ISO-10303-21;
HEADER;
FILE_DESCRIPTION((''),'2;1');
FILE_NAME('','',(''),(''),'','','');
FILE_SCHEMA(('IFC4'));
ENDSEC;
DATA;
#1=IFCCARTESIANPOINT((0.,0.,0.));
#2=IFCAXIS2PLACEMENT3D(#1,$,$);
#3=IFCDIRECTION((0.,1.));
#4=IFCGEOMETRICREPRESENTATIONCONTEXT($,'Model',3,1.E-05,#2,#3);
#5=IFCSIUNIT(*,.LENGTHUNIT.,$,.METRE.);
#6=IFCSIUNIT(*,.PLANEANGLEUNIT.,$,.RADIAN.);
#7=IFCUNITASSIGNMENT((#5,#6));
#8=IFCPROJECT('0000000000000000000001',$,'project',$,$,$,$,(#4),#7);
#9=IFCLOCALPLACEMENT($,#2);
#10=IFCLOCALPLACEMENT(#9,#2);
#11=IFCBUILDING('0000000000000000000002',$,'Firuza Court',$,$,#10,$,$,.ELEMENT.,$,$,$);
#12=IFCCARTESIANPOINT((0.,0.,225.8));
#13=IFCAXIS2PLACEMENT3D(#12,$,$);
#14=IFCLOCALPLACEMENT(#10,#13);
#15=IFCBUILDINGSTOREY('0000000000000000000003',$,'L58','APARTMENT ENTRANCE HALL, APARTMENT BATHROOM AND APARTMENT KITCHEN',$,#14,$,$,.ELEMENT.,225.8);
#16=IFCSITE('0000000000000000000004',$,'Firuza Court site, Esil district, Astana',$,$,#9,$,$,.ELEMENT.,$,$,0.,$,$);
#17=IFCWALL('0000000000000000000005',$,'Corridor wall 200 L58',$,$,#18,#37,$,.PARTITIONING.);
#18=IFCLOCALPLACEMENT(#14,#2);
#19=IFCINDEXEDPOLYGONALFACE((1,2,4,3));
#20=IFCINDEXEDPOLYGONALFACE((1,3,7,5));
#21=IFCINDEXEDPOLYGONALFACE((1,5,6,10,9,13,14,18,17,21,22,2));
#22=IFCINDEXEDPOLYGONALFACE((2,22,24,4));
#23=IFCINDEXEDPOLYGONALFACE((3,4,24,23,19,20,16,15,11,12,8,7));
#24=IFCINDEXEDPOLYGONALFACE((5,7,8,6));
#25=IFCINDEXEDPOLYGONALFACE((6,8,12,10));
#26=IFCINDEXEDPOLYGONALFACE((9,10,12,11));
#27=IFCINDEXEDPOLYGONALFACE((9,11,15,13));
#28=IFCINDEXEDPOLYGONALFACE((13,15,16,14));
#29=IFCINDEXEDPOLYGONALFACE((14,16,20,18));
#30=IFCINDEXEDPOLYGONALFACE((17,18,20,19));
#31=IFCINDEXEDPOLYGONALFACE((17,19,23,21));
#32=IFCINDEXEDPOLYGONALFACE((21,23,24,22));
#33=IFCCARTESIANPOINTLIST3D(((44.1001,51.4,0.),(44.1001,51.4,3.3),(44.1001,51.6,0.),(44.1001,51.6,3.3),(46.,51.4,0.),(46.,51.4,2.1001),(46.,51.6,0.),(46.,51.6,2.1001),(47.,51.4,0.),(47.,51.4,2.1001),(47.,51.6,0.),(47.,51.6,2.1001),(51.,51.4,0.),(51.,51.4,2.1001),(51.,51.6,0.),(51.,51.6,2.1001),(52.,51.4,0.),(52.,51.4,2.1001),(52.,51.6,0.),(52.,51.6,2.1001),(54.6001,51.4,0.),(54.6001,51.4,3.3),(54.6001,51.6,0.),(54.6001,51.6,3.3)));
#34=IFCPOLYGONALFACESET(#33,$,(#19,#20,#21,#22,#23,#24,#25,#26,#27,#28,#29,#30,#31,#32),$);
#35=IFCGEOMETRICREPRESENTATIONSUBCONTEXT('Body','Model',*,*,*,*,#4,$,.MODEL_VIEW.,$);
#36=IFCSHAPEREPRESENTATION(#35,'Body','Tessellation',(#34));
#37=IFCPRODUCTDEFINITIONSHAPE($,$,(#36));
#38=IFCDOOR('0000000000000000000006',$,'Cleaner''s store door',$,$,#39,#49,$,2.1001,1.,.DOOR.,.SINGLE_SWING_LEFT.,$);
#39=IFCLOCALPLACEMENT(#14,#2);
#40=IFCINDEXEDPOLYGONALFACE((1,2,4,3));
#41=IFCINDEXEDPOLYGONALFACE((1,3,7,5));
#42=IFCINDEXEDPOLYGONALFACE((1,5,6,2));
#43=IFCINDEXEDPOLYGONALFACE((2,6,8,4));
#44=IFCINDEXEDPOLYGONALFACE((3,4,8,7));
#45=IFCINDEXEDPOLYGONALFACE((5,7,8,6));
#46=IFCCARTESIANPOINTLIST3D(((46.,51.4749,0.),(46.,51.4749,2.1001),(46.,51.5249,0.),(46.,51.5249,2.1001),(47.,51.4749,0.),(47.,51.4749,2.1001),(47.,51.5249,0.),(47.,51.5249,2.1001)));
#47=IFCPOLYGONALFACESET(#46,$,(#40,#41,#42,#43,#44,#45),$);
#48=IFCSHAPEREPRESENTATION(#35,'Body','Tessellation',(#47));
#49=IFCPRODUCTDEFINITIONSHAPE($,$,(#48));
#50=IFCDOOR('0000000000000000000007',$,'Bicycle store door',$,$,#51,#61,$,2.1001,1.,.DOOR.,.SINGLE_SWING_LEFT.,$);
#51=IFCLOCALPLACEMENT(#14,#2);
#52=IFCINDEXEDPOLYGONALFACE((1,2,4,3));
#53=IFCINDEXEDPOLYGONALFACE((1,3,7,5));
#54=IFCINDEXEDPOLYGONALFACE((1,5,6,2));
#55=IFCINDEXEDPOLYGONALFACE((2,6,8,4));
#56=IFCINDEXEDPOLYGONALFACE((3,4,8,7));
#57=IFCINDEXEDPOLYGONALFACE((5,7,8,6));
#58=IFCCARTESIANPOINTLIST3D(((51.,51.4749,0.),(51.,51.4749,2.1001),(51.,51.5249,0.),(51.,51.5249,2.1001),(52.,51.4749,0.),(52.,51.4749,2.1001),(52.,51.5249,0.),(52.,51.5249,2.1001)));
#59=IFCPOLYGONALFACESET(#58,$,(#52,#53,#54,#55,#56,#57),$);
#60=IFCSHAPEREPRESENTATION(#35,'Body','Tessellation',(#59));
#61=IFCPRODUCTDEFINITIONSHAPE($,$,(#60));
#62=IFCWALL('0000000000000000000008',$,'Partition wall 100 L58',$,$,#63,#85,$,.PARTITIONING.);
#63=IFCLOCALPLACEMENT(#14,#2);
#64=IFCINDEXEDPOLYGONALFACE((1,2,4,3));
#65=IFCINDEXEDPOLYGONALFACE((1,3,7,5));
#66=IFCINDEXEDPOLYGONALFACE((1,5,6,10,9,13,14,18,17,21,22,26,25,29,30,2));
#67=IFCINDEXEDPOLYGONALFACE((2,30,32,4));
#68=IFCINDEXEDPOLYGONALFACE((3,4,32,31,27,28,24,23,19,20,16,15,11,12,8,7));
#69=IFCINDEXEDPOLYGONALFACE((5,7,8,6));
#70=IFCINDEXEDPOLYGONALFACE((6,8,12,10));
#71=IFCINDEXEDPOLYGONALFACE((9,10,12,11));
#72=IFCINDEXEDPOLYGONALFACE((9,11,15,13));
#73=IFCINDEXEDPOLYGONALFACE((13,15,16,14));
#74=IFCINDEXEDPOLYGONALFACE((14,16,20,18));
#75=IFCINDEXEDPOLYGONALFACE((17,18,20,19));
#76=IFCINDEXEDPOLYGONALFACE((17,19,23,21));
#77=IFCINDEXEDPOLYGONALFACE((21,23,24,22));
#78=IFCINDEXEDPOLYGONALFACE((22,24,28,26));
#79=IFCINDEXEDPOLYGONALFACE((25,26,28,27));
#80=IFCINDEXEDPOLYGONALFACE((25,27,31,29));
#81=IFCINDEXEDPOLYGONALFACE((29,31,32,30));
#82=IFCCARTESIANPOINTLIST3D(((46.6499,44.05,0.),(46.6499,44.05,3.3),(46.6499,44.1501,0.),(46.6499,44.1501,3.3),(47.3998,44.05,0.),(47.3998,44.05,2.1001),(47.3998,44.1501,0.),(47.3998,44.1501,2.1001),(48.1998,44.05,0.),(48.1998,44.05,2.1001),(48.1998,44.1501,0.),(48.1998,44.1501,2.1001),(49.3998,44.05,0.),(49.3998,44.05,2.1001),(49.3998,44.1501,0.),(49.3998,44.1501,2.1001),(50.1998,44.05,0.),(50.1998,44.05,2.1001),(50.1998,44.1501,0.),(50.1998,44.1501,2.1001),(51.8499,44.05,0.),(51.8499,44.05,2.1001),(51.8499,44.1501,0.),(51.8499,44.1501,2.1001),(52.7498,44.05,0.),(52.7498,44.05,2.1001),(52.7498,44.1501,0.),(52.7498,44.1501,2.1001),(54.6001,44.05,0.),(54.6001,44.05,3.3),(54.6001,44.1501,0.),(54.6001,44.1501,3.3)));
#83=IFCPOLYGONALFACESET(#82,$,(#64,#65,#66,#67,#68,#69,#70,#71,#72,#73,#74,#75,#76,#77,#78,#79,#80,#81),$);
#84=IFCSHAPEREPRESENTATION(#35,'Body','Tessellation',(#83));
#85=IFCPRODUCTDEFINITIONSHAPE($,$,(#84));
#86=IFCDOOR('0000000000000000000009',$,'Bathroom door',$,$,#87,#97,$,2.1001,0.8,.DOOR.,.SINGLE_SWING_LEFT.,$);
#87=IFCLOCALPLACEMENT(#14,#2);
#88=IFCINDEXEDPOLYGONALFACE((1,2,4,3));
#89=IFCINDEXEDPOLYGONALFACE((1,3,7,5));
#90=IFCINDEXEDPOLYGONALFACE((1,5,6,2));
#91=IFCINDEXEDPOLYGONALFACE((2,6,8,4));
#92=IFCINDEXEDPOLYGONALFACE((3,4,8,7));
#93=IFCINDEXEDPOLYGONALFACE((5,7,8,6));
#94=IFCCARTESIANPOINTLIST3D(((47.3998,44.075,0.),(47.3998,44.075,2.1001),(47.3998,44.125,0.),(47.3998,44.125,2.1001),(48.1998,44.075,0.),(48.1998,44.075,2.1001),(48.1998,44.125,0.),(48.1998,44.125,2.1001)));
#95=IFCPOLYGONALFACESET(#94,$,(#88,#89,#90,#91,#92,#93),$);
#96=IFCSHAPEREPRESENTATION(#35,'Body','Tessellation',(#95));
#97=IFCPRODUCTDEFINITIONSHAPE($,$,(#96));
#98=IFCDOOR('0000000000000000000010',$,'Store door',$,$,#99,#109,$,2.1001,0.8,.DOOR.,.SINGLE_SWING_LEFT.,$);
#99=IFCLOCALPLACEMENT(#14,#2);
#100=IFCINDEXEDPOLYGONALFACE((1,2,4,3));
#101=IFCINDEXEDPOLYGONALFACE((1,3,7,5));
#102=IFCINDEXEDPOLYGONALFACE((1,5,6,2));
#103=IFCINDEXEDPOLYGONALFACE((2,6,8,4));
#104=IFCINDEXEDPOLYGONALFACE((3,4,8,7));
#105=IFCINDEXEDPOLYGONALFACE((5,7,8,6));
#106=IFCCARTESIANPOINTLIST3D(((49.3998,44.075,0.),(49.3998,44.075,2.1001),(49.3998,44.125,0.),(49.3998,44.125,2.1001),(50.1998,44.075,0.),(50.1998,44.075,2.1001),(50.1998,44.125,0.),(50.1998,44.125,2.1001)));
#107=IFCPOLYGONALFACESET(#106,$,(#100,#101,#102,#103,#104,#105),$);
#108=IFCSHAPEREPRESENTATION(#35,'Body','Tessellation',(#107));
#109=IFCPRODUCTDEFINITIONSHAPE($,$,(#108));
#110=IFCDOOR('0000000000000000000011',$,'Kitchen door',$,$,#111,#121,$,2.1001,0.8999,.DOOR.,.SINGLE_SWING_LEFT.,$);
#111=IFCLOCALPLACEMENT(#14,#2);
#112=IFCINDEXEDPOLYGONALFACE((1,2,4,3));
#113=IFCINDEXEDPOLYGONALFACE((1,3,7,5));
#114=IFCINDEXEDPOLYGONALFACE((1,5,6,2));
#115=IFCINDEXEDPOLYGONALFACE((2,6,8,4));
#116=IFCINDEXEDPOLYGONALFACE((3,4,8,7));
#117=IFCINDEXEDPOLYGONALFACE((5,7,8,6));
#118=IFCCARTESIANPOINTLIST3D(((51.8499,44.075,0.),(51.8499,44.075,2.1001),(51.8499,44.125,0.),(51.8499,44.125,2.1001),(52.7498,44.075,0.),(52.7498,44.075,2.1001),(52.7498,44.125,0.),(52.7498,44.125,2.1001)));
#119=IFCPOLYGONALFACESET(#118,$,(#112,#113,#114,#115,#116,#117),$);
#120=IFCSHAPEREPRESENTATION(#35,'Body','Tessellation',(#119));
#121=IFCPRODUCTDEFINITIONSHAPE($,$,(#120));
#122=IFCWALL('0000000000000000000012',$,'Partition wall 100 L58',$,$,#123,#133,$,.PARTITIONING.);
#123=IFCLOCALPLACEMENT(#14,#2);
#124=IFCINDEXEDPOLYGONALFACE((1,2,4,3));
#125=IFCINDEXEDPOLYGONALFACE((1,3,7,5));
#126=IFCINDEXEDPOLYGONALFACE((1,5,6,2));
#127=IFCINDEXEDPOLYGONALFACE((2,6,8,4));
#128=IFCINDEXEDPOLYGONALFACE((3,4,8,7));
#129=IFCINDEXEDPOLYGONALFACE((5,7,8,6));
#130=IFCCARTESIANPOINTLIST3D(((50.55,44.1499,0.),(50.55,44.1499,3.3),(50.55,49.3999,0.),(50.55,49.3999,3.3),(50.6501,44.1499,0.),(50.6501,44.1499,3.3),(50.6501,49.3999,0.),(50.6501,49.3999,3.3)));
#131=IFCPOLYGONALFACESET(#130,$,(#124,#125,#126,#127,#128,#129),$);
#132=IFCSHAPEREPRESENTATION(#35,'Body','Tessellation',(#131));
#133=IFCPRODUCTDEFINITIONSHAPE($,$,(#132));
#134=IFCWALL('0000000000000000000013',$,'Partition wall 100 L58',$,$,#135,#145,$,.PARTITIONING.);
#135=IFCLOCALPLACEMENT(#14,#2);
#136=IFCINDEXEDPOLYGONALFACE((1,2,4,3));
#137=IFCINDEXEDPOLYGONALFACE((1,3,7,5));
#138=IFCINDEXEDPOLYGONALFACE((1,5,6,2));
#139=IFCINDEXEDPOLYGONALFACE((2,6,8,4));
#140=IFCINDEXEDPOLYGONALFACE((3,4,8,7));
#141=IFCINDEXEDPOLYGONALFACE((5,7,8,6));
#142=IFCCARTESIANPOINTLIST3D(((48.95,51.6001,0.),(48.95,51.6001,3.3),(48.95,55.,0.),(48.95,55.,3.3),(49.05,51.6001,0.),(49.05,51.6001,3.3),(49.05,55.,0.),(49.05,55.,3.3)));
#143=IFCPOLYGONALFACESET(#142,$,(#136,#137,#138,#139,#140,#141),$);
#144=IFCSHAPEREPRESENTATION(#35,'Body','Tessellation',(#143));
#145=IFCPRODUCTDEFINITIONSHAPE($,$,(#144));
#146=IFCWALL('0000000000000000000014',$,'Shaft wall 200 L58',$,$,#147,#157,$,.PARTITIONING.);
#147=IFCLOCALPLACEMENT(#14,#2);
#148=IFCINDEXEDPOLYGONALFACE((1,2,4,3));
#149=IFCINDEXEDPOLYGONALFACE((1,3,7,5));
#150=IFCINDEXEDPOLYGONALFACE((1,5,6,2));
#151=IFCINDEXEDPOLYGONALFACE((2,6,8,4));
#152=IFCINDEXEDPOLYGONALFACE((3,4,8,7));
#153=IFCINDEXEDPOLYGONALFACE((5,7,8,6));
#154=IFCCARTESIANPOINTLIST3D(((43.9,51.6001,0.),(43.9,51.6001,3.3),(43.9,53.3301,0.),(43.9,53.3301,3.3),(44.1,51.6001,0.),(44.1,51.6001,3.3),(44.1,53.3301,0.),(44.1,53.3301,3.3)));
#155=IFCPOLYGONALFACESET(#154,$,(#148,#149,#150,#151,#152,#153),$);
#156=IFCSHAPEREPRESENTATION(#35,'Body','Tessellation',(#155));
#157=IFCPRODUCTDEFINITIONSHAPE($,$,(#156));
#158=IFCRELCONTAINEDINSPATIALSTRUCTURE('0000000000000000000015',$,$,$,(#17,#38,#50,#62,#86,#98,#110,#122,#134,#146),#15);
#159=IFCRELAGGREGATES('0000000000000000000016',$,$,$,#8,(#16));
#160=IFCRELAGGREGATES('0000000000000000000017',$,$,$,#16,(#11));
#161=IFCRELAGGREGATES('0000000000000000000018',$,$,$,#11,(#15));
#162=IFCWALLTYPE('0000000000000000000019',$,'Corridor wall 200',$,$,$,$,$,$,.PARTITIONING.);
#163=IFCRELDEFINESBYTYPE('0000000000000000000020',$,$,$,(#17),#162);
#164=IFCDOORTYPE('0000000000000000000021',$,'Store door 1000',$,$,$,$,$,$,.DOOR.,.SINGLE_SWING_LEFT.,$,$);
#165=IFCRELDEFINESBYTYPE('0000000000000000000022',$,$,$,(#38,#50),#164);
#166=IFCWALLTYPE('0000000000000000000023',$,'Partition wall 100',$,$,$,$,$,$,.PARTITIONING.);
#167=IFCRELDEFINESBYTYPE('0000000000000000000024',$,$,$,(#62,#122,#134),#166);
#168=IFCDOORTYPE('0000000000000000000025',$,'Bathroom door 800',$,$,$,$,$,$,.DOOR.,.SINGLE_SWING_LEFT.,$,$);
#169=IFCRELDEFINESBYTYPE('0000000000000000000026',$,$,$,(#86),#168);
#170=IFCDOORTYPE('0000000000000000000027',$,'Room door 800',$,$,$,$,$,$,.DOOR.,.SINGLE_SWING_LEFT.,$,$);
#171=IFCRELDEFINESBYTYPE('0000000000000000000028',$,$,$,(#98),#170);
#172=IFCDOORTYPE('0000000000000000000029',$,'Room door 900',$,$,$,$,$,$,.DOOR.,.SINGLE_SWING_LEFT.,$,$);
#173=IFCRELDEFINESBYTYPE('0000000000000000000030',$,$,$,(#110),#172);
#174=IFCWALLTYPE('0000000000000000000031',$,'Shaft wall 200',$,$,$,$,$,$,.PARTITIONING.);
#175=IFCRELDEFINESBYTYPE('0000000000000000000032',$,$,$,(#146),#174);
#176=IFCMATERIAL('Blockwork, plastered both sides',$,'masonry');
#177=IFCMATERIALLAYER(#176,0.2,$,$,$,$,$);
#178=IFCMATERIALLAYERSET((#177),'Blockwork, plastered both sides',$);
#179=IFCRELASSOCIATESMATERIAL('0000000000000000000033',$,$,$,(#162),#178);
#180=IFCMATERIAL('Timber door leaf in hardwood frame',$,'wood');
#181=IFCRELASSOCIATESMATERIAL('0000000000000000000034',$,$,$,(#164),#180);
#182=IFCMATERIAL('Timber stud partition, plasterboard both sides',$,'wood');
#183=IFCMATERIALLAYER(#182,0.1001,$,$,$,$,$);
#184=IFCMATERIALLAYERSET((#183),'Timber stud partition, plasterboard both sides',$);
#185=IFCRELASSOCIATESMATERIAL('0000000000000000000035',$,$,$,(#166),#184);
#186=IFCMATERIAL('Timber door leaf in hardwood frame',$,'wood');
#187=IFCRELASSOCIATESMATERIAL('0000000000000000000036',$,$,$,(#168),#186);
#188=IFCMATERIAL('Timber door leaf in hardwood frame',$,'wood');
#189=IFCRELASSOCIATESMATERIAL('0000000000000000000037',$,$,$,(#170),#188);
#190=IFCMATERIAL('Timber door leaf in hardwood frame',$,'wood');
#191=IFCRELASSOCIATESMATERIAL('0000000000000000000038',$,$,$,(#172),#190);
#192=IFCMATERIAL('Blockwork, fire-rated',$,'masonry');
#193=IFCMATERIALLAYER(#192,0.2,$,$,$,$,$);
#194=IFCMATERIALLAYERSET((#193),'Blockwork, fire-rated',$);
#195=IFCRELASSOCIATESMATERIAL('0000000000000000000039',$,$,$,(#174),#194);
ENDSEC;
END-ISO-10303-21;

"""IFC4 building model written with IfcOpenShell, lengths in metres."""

from ifc_helpers import new_model, si_unit, direction, frame, frame_2d, origin, place, context, subcontext, project, spatial, rectangle, extrude, material, layer, layer_set, type_object, element, fill, save


model = new_model("IFC4")

# Units and contexts
model_context = context("Model", 3, precision=1e-05, world=origin(), true_north=direction((0.0, 1.0)))
body_context = subcontext(model_context, "Body", "Model", "MODEL_VIEW")
ifc_project = project(units=[si_unit("LENGTHUNIT", "METRE"), si_unit("PLANEANGLEUNIT", "RADIAN")], contexts=[model_context])

# Site, building, storey
site_placement = place(None, origin())
site = spatial("IfcSite", under=ifc_project, at=site_placement, Name="Firuza Court site, Esil district, Astana", CompositionType="ELEMENT", RefElevation=0.0)
building_placement = place(site_placement, origin())
building = spatial("IfcBuilding", under=site, at=building_placement, Name="Firuza Court", CompositionType="ELEMENT")
storey_placement = place(building_placement, frame((0.0, 0.0, 225.8)))
storey = spatial("IfcBuildingStorey", under=building, at=storey_placement, Name="L58", Description="APARTMENT ENTRANCE HALL, APARTMENT BATHROOM AND APARTMENT KITCHEN", CompositionType="ELEMENT", Elevation=225.8)

# Walls, openings, doors
ifc_material_1 = material(Name="Blockwork, plastered both sides", Category="masonry")
ifc_layer_1 = layer(ifc_material_1, 0.2)
ifc_layer_set_1 = layer_set([ifc_layer_1], Name="Blockwork, plastered both sides")
wall_type_1 = type_object("IfcWallType", Name="Corridor wall 200", PredefinedType="PARTITIONING", material=ifc_layer_set_1)
wall_1_placement = place(storey_placement, frame((44.1001, 51.5, 0.0), z_axis=(0.0, 0.0, 1.0), x_axis=(1.0, 0.0, 0.0)))
wall_1 = element("IfcWall", 1, at=wall_1_placement, inside=storey, type_object=wall_type_1, Name="Corridor wall 200 L58", PredefinedType="PARTITIONING", context=body_context, shape_type="SweptSolid", body=[
    extrude(rectangle(XDim=10.5, YDim=0.2, at=frame_2d((5.25, 0.0))), origin(), (0.0, 0.0, 1.0), 3.3),
])
opening_1_placement = place(wall_1_placement, frame((1.8999, 0.0, 0.0)))
opening_1 = element("IfcOpeningElement", 2, at=opening_1_placement, cuts=wall_1, PredefinedType="OPENING", context=body_context, shape_type="SweptSolid", body=[
    extrude(rectangle(XDim=1.0, YDim=2.1001, at=frame_2d((0.5, 1.05))), frame((0.0, 0.1118, 0.0), z_axis=(0.0, -1.0, 0.0), x_axis=(1.0, 0.0, 0.0)), (0.0, 0.0, 1.0), 0.2239),
])
opening_2_placement = place(wall_1_placement, frame((6.8999, 0.0, 0.0)))
opening_2 = element("IfcOpeningElement", 3, at=opening_2_placement, cuts=wall_1, PredefinedType="OPENING", context=body_context, shape_type="SweptSolid", body=[
    extrude(rectangle(XDim=1.0, YDim=2.1001, at=frame_2d((0.5, 1.05))), frame((0.0, 0.1118, 0.0), z_axis=(0.0, -1.0, 0.0), x_axis=(1.0, 0.0, 0.0)), (0.0, 0.0, 1.0), 0.2239),
])
ifc_material_2 = material(Name="Timber door leaf in hardwood frame", Category="wood")
door_type_1 = type_object("IfcDoorType", Name="Store door 1000", OperationType="SINGLE_SWING_LEFT", PredefinedType="DOOR", material=ifc_material_2)
door_1_placement = place(opening_1_placement, origin())
door_1 = element("IfcDoor", 4, at=door_1_placement, inside=storey, type_object=door_type_1, Name="Cleaner's store door", OperationType="SINGLE_SWING_LEFT", OverallHeight=2.1001, OverallWidth=1.0, PredefinedType="DOOR", context=body_context, shape_type="SweptSolid", body=[
    extrude(rectangle(XDim=1.0, YDim=2.1001, at=frame_2d((0.5, 1.05))), frame((0.0, 0.0249, 0.0), z_axis=(0.0, -1.0, 0.0), x_axis=(1.0, 0.0, 0.0)), (0.0, 0.0, 1.0), 0.05),
])
fill(opening_1, door_1)
door_2_placement = place(opening_2_placement, origin())
door_2 = element("IfcDoor", 5, at=door_2_placement, inside=storey, type_object=door_type_1, Name="Bicycle store door", OperationType="SINGLE_SWING_LEFT", OverallHeight=2.1001, OverallWidth=1.0, PredefinedType="DOOR", context=body_context, shape_type="SweptSolid", body=[
    extrude(rectangle(XDim=1.0, YDim=2.1001, at=frame_2d((0.5, 1.05))), frame((0.0, 0.0249, 0.0), z_axis=(0.0, -1.0, 0.0), x_axis=(1.0, 0.0, 0.0)), (0.0, 0.0, 1.0), 0.05),
])
fill(opening_2, door_2)
ifc_material_3 = material(Name="Timber stud partition, plasterboard both sides", Category="wood")
ifc_layer_2 = layer(ifc_material_3, 0.1001)
ifc_layer_set_2 = layer_set([ifc_layer_2], Name="Timber stud partition, plasterboard both sides")
wall_type_2 = type_object("IfcWallType", Name="Partition wall 100", PredefinedType="PARTITIONING", material=ifc_layer_set_2)
wall_2_placement = place(storey_placement, frame((46.6499, 44.1001, 0.0), z_axis=(0.0, 0.0, 1.0), x_axis=(1.0, 0.0, 0.0)))
wall_2 = element("IfcWall", 6, at=wall_2_placement, inside=storey, type_object=wall_type_2, Name="Partition wall 100 L58", PredefinedType="PARTITIONING", context=body_context, shape_type="SweptSolid", body=[
    extrude(rectangle(XDim=7.9502, YDim=0.1001, at=frame_2d((3.9751, 0.0))), origin(), (0.0, 0.0, 1.0), 3.3),
])
opening_3_placement = place(wall_2_placement, frame((0.75, 0.0, 0.0)))
opening_3 = element("IfcOpeningElement", 7, at=opening_3_placement, cuts=wall_2, PredefinedType="OPENING", context=body_context, shape_type="SweptSolid", body=[
    extrude(rectangle(XDim=0.8, YDim=2.1001, at=frame_2d((0.3999, 1.05))), frame((0.0, 0.062, 0.0), z_axis=(0.0, -1.0, 0.0), x_axis=(1.0, 0.0, 0.0)), (0.0, 0.0, 1.0), 0.124),
])
opening_4_placement = place(wall_2_placement, frame((5.2, 0.0, 0.0)))
opening_4 = element("IfcOpeningElement", 8, at=opening_4_placement, cuts=wall_2, PredefinedType="OPENING", context=body_context, shape_type="SweptSolid", body=[
    extrude(rectangle(XDim=0.8999, YDim=2.1001, at=frame_2d((0.45, 1.05))), frame((0.0, 0.062, 0.0), z_axis=(0.0, -1.0, 0.0), x_axis=(1.0, 0.0, 0.0)), (0.0, 0.0, 1.0), 0.124),
])
opening_5_placement = place(wall_2_placement, frame((2.75, 0.0, 0.0)))
opening_5 = element("IfcOpeningElement", 9, at=opening_5_placement, cuts=wall_2, PredefinedType="OPENING", context=body_context, shape_type="SweptSolid", body=[
    extrude(rectangle(XDim=0.8, YDim=2.1001, at=frame_2d((0.3999, 1.05))), frame((0.0, 0.062, 0.0), z_axis=(0.0, -1.0, 0.0), x_axis=(1.0, 0.0, 0.0)), (0.0, 0.0, 1.0), 0.124),
])
ifc_material_4 = material(Name="Timber door leaf in hardwood frame", Category="wood")
door_type_2 = type_object("IfcDoorType", Name="Bathroom door 800", OperationType="SINGLE_SWING_LEFT", PredefinedType="DOOR", material=ifc_material_4)
door_3_placement = place(opening_3_placement, origin())
door_3 = element("IfcDoor", 10, at=door_3_placement, inside=storey, type_object=door_type_2, Name="Bathroom door", OperationType="SINGLE_SWING_LEFT", OverallHeight=2.1001, OverallWidth=0.8, PredefinedType="DOOR", context=body_context, shape_type="SweptSolid", body=[
    extrude(rectangle(XDim=0.8, YDim=2.1001, at=frame_2d((0.3999, 1.05))), frame((0.0, 0.0249, 0.0), z_axis=(0.0, -1.0, 0.0), x_axis=(1.0, 0.0, 0.0)), (0.0, 0.0, 1.0), 0.05),
])
fill(opening_3, door_3)
ifc_material_5 = material(Name="Timber door leaf in hardwood frame", Category="wood")
door_type_3 = type_object("IfcDoorType", Name="Room door 800", OperationType="SINGLE_SWING_LEFT", PredefinedType="DOOR", material=ifc_material_5)
door_4_placement = place(opening_5_placement, origin())
door_4 = element("IfcDoor", 11, at=door_4_placement, inside=storey, type_object=door_type_3, Name="Store door", OperationType="SINGLE_SWING_LEFT", OverallHeight=2.1001, OverallWidth=0.8, PredefinedType="DOOR", context=body_context, shape_type="SweptSolid", body=[
    extrude(rectangle(XDim=0.8, YDim=2.1001, at=frame_2d((0.3999, 1.05))), frame((0.0, 0.0249, 0.0), z_axis=(0.0, -1.0, 0.0), x_axis=(1.0, 0.0, 0.0)), (0.0, 0.0, 1.0), 0.05),
])
fill(opening_5, door_4)
ifc_material_6 = material(Name="Timber door leaf in hardwood frame", Category="wood")
door_type_4 = type_object("IfcDoorType", Name="Room door 900", OperationType="SINGLE_SWING_LEFT", PredefinedType="DOOR", material=ifc_material_6)
door_5_placement = place(opening_4_placement, origin())
door_5 = element("IfcDoor", 12, at=door_5_placement, inside=storey, type_object=door_type_4, Name="Kitchen door", OperationType="SINGLE_SWING_LEFT", OverallHeight=2.1001, OverallWidth=0.8999, PredefinedType="DOOR", context=body_context, shape_type="SweptSolid", body=[
    extrude(rectangle(XDim=0.8999, YDim=2.1001, at=frame_2d((0.45, 1.05))), frame((0.0, 0.0249, 0.0), z_axis=(0.0, -1.0, 0.0), x_axis=(1.0, 0.0, 0.0)), (0.0, 0.0, 1.0), 0.05),
])
fill(opening_4, door_5)

# Walls
wall_3_placement = place(storey_placement, frame((50.6001, 44.1499, 0.0), z_axis=(0.0, 0.0, 1.0), x_axis=(0.0, 1.0, 0.0)))
element("IfcWall", 13, at=wall_3_placement, inside=storey, type_object=wall_type_2, Name="Partition wall 100 L58", PredefinedType="PARTITIONING", context=body_context, shape_type="SweptSolid", body=[
    extrude(rectangle(XDim=5.25, YDim=0.1001, at=frame_2d((2.625, 0.0))), origin(), (0.0, 0.0, 1.0), 3.3),
])
wall_4_placement = place(storey_placement, frame((49.0, 51.6001, 0.0), z_axis=(0.0, 0.0, 1.0), x_axis=(0.0, 1.0, 0.0)))
element("IfcWall", 14, at=wall_4_placement, inside=storey, type_object=wall_type_2, Name="Partition wall 100 L58", PredefinedType="PARTITIONING", context=body_context, shape_type="SweptSolid", body=[
    extrude(rectangle(XDim=3.3999, YDim=0.1001, at=frame_2d((1.7, 0.0))), origin(), (0.0, 0.0, 1.0), 3.3),
])
ifc_material_7 = material(Name="Blockwork, fire-rated", Category="masonry")
ifc_layer_3 = layer(ifc_material_7, 0.2)
ifc_layer_set_3 = layer_set([ifc_layer_3], Name="Blockwork, fire-rated")
wall_type_3 = type_object("IfcWallType", Name="Shaft wall 200", PredefinedType="PARTITIONING", material=ifc_layer_set_3)
wall_5_placement = place(storey_placement, frame((44.0, 51.6001, 0.0), z_axis=(0.0, 0.0, 1.0), x_axis=(0.0, 1.0, 0.0)))
element("IfcWall", 15, at=wall_5_placement, inside=storey, type_object=wall_type_3, Name="Shaft wall 200 L58", PredefinedType="PARTITIONING", context=body_context, shape_type="SweptSolid", body=[
    extrude(rectangle(XDim=1.73, YDim=0.2, at=frame_2d((0.865, 0.0))), origin(), (0.0, 0.0, 1.0), 3.3),
])

save(model, "model.ifc")
